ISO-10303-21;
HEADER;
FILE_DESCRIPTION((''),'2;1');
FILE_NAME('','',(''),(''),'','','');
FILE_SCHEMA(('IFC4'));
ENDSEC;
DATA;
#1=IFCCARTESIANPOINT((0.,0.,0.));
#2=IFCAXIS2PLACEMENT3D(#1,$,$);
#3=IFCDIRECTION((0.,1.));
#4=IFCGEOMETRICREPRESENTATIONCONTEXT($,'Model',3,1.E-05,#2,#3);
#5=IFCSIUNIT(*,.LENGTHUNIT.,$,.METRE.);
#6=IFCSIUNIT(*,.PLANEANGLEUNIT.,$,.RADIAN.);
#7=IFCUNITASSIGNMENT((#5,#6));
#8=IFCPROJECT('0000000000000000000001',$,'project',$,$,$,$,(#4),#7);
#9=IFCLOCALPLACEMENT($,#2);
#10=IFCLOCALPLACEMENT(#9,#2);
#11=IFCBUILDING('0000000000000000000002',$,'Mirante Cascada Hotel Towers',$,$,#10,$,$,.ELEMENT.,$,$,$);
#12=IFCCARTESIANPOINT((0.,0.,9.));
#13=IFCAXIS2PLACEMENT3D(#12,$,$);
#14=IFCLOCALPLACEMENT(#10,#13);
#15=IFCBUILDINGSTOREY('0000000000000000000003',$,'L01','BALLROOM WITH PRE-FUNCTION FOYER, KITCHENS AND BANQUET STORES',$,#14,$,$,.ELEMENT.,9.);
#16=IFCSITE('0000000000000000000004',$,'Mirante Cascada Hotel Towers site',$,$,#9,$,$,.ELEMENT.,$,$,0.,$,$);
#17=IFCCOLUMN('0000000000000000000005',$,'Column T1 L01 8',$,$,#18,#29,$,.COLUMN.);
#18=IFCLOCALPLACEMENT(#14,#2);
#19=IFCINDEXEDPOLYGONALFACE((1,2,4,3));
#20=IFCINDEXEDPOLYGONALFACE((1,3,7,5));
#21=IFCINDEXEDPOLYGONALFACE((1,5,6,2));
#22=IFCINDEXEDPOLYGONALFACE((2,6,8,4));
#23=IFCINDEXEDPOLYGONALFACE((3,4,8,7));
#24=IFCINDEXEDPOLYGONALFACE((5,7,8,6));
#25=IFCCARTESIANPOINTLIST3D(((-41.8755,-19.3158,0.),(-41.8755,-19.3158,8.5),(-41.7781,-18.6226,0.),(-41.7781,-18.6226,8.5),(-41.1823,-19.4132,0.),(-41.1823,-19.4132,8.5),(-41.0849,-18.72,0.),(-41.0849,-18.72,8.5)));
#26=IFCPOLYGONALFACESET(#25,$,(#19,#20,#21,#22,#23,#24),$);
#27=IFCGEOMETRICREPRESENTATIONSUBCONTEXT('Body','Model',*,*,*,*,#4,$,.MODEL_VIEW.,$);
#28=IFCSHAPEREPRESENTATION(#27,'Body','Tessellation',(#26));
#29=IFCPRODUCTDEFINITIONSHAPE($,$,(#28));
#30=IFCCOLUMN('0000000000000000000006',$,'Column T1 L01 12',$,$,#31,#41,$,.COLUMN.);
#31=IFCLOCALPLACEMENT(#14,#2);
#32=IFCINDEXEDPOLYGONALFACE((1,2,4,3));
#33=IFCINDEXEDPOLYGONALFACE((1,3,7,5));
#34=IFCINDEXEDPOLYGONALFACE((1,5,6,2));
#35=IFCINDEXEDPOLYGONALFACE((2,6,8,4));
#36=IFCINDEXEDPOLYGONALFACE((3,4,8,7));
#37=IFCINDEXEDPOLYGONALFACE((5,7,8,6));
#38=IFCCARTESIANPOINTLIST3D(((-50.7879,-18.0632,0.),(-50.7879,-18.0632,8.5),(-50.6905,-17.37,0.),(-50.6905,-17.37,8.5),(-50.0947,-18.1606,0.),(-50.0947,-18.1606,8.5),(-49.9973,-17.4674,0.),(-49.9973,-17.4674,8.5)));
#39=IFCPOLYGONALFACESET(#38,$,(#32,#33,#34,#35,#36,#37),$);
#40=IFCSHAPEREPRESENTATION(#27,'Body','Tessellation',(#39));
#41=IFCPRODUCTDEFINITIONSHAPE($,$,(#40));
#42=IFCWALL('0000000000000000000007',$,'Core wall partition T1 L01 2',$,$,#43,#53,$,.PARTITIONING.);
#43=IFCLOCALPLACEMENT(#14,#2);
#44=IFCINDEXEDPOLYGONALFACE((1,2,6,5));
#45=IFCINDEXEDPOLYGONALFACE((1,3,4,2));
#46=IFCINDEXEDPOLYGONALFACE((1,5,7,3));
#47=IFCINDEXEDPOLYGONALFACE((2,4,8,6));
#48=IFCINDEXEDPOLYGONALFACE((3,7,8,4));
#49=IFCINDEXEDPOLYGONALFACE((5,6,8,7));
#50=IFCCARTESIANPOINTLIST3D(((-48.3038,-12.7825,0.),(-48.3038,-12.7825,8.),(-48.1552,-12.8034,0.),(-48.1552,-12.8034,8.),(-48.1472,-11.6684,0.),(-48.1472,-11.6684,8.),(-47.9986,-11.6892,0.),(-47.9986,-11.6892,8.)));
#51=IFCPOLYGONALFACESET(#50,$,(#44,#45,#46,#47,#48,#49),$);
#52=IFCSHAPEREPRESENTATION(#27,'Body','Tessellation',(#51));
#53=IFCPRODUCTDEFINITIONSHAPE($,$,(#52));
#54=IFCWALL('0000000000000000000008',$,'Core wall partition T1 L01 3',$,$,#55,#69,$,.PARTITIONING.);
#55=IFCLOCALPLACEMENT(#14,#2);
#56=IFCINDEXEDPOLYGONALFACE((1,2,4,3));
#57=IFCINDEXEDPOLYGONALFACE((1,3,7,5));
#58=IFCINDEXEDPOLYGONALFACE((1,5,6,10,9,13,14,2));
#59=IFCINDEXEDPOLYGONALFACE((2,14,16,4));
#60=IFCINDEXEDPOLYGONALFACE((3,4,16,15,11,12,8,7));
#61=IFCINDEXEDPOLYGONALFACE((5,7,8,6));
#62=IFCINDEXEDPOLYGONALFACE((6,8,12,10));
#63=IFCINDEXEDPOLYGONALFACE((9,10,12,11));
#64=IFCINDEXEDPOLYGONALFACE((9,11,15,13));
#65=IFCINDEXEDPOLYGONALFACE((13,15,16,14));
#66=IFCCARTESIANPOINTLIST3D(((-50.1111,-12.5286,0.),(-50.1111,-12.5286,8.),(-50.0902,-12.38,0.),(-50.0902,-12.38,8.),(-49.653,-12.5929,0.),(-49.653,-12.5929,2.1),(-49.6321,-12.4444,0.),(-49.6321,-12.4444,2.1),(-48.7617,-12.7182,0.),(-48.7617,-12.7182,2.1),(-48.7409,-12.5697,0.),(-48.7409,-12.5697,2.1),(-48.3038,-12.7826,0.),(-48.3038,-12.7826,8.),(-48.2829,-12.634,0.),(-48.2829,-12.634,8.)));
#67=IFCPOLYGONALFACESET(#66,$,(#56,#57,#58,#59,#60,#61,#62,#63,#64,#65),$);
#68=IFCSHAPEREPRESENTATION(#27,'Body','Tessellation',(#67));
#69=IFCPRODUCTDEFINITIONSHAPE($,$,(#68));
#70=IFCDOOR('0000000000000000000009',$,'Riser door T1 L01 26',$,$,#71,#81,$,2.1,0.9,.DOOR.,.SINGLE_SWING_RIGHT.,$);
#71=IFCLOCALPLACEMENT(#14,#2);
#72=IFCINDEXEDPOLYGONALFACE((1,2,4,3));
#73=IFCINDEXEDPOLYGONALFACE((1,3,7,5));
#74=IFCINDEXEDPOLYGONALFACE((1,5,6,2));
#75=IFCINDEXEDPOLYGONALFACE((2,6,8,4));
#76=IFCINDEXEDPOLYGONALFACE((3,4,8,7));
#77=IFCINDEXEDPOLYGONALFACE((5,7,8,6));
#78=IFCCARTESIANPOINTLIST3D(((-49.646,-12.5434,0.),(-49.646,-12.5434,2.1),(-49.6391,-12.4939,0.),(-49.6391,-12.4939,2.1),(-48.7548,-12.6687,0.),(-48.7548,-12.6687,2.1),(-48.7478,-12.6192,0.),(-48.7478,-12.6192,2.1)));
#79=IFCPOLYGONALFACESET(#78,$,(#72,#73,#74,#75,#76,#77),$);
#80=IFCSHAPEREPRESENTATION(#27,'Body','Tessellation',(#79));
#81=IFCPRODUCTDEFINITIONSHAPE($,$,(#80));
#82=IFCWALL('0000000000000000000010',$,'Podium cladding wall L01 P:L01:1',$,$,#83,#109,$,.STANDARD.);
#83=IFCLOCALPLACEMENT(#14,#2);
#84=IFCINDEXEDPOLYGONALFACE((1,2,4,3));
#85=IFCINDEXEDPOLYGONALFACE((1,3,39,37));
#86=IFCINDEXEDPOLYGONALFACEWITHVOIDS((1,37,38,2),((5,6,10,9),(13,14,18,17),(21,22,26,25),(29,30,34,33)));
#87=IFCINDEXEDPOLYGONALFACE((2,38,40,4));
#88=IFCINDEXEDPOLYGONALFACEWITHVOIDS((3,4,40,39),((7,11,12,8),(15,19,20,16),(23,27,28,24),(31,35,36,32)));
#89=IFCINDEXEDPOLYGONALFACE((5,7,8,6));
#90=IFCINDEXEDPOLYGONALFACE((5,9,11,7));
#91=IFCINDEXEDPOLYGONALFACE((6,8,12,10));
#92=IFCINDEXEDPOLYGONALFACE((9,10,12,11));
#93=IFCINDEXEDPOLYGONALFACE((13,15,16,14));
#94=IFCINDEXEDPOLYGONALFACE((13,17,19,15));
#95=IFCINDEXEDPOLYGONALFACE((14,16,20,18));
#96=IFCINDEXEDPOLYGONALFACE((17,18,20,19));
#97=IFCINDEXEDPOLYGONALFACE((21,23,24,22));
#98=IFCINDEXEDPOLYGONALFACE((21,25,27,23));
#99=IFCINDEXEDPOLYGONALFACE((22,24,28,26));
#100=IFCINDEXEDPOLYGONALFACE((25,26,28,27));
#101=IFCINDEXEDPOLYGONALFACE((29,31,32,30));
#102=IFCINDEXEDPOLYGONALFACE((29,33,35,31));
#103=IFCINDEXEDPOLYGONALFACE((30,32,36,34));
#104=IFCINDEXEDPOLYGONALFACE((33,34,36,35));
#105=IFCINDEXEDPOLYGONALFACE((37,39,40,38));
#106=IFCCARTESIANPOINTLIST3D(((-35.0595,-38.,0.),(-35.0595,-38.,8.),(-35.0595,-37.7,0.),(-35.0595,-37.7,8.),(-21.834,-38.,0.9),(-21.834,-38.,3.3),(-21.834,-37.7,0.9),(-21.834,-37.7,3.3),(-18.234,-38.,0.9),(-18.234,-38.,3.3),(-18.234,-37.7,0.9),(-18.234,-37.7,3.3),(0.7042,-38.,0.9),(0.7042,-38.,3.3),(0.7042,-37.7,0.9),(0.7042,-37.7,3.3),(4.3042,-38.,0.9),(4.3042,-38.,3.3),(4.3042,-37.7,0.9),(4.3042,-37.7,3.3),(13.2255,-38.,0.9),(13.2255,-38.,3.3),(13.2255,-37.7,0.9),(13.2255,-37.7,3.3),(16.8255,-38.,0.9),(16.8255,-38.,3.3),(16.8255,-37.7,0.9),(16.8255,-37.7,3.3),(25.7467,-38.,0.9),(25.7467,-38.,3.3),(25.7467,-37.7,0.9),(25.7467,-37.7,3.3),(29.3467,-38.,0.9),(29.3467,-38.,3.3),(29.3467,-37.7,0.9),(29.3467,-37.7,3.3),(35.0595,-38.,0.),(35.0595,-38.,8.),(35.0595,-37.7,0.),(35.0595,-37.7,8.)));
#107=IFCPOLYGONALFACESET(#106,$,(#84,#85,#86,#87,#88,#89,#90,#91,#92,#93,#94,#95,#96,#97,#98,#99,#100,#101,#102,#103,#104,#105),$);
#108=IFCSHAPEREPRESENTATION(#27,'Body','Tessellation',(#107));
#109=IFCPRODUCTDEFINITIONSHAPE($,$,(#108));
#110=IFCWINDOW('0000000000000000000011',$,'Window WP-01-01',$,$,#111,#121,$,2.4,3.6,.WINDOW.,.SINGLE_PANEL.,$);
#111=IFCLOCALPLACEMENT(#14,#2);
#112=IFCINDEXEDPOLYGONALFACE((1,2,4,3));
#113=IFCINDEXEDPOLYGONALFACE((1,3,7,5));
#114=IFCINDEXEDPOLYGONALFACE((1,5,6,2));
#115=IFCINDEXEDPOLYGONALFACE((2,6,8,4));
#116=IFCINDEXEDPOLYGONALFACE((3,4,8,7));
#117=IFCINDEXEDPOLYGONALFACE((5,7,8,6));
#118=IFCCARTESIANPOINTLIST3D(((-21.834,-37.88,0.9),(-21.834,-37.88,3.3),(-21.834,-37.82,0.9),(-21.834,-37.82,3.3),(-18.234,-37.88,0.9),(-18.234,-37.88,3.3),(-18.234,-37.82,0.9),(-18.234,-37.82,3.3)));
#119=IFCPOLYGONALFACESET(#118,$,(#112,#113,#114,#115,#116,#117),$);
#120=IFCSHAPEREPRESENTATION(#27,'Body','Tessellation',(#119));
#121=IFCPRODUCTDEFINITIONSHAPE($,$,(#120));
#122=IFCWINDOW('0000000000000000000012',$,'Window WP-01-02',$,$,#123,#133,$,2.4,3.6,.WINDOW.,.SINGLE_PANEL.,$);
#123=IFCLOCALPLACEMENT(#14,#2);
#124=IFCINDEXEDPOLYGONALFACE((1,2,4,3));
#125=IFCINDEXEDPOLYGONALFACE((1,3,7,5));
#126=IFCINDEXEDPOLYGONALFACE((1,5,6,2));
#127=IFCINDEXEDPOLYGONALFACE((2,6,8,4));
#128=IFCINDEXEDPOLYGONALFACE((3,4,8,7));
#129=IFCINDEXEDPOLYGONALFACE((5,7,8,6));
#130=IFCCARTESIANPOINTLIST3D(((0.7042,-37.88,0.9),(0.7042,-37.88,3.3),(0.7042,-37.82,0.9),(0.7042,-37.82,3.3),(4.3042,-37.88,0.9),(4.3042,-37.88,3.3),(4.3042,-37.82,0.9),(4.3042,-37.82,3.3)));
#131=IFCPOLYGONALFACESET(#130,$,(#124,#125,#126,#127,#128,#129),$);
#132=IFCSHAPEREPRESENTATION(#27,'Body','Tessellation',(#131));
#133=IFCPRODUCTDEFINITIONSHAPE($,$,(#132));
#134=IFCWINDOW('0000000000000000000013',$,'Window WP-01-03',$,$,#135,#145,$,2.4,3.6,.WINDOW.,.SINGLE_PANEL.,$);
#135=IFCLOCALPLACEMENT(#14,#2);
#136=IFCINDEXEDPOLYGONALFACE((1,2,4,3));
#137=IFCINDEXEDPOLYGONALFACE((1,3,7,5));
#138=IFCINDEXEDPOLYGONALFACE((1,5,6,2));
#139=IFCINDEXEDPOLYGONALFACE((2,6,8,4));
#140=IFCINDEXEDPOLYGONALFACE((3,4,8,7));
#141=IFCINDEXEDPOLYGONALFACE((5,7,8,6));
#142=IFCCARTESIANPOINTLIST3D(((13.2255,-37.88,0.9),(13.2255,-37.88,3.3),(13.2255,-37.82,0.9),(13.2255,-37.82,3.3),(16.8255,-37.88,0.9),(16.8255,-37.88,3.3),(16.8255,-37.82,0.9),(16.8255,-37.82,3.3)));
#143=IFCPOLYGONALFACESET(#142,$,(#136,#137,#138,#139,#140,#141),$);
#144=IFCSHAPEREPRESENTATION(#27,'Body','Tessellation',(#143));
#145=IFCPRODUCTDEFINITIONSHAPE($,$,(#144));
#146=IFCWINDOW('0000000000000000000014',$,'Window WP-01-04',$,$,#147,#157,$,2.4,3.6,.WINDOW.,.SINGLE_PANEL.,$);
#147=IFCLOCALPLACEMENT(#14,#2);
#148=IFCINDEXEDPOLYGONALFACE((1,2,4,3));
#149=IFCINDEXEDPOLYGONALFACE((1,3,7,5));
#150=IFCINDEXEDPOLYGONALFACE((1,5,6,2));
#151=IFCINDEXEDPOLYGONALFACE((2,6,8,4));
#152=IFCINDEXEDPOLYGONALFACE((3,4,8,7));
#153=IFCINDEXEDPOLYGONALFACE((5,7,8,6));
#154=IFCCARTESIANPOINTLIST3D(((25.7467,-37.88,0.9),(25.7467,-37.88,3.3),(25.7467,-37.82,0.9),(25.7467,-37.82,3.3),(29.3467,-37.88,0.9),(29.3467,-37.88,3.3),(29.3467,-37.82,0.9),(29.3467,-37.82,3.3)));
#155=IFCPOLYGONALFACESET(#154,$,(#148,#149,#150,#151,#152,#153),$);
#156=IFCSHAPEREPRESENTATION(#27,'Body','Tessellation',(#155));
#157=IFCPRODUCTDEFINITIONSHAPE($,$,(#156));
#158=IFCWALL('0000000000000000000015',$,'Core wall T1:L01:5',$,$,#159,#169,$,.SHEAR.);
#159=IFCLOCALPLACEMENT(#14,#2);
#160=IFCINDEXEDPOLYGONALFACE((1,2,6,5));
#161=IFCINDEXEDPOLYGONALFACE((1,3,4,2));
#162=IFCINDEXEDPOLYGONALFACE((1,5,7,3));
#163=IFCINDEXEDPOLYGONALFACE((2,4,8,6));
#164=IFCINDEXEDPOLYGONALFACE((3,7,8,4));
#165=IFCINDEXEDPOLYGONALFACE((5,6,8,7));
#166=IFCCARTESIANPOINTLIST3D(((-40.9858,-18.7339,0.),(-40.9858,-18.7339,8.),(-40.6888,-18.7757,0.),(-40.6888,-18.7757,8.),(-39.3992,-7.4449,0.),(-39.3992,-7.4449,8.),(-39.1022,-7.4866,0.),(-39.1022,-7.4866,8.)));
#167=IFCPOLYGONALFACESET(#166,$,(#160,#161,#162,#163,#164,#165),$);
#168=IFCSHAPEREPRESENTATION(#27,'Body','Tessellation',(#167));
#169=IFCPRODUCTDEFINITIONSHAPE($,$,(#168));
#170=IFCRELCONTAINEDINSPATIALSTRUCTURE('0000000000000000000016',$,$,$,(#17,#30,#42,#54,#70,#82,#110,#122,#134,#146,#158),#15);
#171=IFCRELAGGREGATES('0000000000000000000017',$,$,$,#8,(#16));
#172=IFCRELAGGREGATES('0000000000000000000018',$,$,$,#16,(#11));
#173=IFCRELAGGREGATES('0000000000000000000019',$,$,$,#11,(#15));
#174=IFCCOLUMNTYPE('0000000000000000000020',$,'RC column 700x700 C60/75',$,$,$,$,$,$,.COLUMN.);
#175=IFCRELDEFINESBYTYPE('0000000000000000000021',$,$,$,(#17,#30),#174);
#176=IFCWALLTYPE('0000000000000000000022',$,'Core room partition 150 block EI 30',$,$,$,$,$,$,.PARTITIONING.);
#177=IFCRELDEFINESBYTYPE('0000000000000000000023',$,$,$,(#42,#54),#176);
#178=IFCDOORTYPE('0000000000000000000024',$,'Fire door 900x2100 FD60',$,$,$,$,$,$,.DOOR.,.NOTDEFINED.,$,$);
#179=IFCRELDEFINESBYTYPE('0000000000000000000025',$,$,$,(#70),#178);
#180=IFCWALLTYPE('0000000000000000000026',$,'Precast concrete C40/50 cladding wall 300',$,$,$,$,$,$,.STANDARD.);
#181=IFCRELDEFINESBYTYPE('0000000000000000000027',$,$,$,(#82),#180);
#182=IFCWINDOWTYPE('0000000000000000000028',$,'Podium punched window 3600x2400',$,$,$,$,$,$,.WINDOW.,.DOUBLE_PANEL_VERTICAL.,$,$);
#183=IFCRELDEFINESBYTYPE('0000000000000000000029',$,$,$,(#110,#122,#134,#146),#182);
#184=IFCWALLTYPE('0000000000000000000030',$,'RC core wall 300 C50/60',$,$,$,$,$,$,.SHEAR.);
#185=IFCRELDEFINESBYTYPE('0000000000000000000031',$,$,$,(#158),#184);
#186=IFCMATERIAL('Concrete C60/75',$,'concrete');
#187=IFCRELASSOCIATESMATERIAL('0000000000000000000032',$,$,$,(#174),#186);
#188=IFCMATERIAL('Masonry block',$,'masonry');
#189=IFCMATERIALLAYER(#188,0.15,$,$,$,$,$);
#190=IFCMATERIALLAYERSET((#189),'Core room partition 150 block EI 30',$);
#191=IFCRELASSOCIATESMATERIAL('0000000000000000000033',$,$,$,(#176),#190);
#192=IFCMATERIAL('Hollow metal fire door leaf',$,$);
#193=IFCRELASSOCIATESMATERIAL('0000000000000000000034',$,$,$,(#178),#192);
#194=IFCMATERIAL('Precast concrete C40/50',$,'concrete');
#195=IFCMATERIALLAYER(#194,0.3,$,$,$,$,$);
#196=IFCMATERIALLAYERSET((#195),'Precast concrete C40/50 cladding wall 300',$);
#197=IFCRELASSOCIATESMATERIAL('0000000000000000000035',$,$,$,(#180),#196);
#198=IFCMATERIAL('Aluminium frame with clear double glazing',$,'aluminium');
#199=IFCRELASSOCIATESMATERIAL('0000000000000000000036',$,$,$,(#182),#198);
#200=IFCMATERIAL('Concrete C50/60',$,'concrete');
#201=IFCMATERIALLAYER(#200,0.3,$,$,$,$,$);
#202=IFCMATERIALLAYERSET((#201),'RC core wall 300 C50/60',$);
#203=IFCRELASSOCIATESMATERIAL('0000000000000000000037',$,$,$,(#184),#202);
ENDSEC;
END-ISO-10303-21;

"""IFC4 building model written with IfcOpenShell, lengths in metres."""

from ifc_helpers import new_model, si_unit, direction, frame, frame_2d, origin, origin_2d, place, context, subcontext, project, spatial, rectangle, extrude, material, layer, layer_set, material_profile, profile_set, type_object, element, fill, save


model = new_model("IFC4")

# Units and contexts
model_context = context("Model", 3, precision=1e-05, world=origin(), true_north=direction((0.0, 1.0)))
body_context = subcontext(model_context, "Body", "Model", "MODEL_VIEW")
ifc_project = project(units=[si_unit("LENGTHUNIT", "METRE"), si_unit("PLANEANGLEUNIT", "RADIAN")], contexts=[model_context])

# Site, building, storey
site_placement = place(None, origin())
site = spatial("IfcSite", under=ifc_project, at=site_placement, Name="Mirante Cascada Hotel Towers site", CompositionType="ELEMENT", RefElevation=0.0)
building_placement = place(site_placement, origin())
building = spatial("IfcBuilding", under=site, at=building_placement, Name="Mirante Cascada Hotel Towers", CompositionType="ELEMENT")
storey_placement = place(building_placement, frame((0.0, 0.0, 9.0)))
storey = spatial("IfcBuildingStorey", under=building, at=storey_placement, Name="L01", Description="BALLROOM WITH PRE-FUNCTION FOYER, KITCHENS AND BANQUET STORES", CompositionType="ELEMENT", Elevation=9.0)

# Columns
ifc_material_1 = material(Name="Concrete C60/75", Category="concrete")
ifc_material_profile = material_profile(ifc_material_1, rectangle(XDim=0.7, YDim=0.7, at=origin_2d()), Name="RC column 700x700 C60/75")
ifc_profile_set = profile_set([ifc_material_profile], Name="Concrete C60/75")
column_type = type_object("IfcColumnType", Name="RC column 700x700 C60/75", PredefinedType="COLUMN", material=ifc_profile_set)
for number, where, z_axis, x_axis, name in (
    (1, (-41.4802, -19.0179, 0.0), (0.0, 0.0, 1.0), (-0.990268, 0.139173, 0.0), "Column T1 L01 8"),
    (2, (-50.3926, -17.7653, 0.0), (0.0, 0.0, 1.0), (-0.990268, 0.139173, 0.0), "Column T1 L01 12"),
):
    element("IfcColumn", number, at=place(storey_placement, frame(where, z_axis=z_axis, x_axis=x_axis)), inside=storey, type_object=column_type, Name=name, PredefinedType="COLUMN", context=body_context, shape_type="SweptSolid", body=[
        extrude(rectangle(XDim=0.7, YDim=0.7, at=origin_2d()), origin(), (0.0, 0.0, 1.0), 8.5),
    ])

# Wall
ifc_material_2 = material(Name="Masonry block", Category="masonry")
ifc_layer_1 = layer(ifc_material_2, 0.15)
ifc_layer_set_1 = layer_set([ifc_layer_1], Name="Core room partition 150 block EI 30")
wall_type_1 = type_object("IfcWallType", Name="Core room partition 150 block EI 30", PredefinedType="PARTITIONING", material=ifc_layer_set_1)
wall_1_placement = place(storey_placement, frame((-48.2295, -12.793, 0.0), z_axis=(0.0, 0.0, 1.0), x_axis=(0.139193, 0.990265, 0.0)))
element("IfcWall", 3, at=wall_1_placement, inside=storey, type_object=wall_type_1, Name="Core wall partition T1 L01 2", PredefinedType="PARTITIONING", context=body_context, shape_type="SweptSolid", body=[
    extrude(rectangle(XDim=1.1251, YDim=0.15, at=frame_2d((0.5626, 0.0))), origin(), (0.0, 0.0, 1.0), 8.0),
])

# Wall, opening, door
wall_2_placement = place(storey_placement, frame((-48.2933, -12.7083, 0.0), z_axis=(0.0, 0.0, 1.0), x_axis=(-0.990268, 0.139173, 0.0)))
wall_2 = element("IfcWall", 4, at=wall_2_placement, inside=storey, type_object=wall_type_1, Name="Core wall partition T1 L01 3", PredefinedType="PARTITIONING", context=body_context, shape_type="SweptSolid", body=[
    extrude(rectangle(XDim=1.8251, YDim=0.15, at=frame_2d((0.9126, 0.0))), origin(), (0.0, 0.0, 1.0), 8.0),
])
opening_1_placement = place(wall_2_placement, frame((0.4625, 0.0, 0.0)))
opening_1 = element("IfcOpeningElement", 5, at=opening_1_placement, cuts=wall_2, PredefinedType="OPENING", context=body_context, shape_type="SweptSolid", body=[
    extrude(rectangle(XDim=0.9, YDim=2.1, at=frame_2d((0.45, 1.05))), frame((0.0, 0.075, 0.0), z_axis=(0.0, -1.0, 0.0), x_axis=(1.0, 0.0, 0.0)), (0.0, 0.0, 1.0), 0.15),
])
ifc_material_3 = material(Name="Hollow metal fire door leaf")
door_type_1 = type_object("IfcDoorType", Name="Fire door 900x2100 FD60", OperationType="NOTDEFINED", PredefinedType="DOOR", material=ifc_material_3)
door_1_placement = place(opening_1_placement, origin())
door_1 = element("IfcDoor", 6, at=door_1_placement, inside=storey, type_object=door_type_1, Name="Riser door T1 L01 26", OperationType="SINGLE_SWING_RIGHT", OverallHeight=2.1, OverallWidth=0.9, PredefinedType="DOOR", context=body_context, shape_type="SweptSolid", body=[
    extrude(rectangle(XDim=0.9, YDim=2.1, at=frame_2d((0.45, 1.05))), frame((0.0, 0.025, 0.0), z_axis=(0.0, -1.0, 0.0), x_axis=(1.0, 0.0, 0.0)), (0.0, 0.0, 1.0), 0.05),
])
fill(opening_1, door_1)

# Wall, openings, windows
ifc_material_4 = material(Name="Precast concrete C40/50", Category="concrete")
ifc_layer_2 = layer(ifc_material_4, 0.3)
ifc_layer_set_2 = layer_set([ifc_layer_2], Name="Precast concrete C40/50 cladding wall 300")
wall_type_2 = type_object("IfcWallType", Name="Precast concrete C40/50 cladding wall 300", PredefinedType="STANDARD", material=ifc_layer_set_2)
wall_3_placement = place(storey_placement, frame((-35.0595, -37.85, 0.0), z_axis=(0.0, 0.0, 1.0), x_axis=(1.0, 0.0, 0.0)))
wall_3 = element("IfcWall", 7, at=wall_3_placement, inside=storey, type_object=wall_type_2, Name="Podium cladding wall L01 P:L01:1", PredefinedType="STANDARD", context=body_context, shape_type="SweptSolid", body=[
    extrude(rectangle(XDim=70.119, YDim=0.3, at=frame_2d((35.0595, 0.0))), origin(), (0.0, 0.0, 1.0), 8.0),
])
opening_2_placement = place(wall_3_placement, frame((13.2255, 0.0, 0.9)))
opening_2 = element("IfcOpeningElement", 8, at=opening_2_placement, cuts=wall_3, PredefinedType="OPENING", context=body_context, shape_type="SweptSolid", body=[
    extrude(rectangle(XDim=3.6, YDim=2.4, at=frame_2d((1.8, 1.2))), frame((0.0, 0.15, 0.0), z_axis=(0.0, -1.0, 0.0), x_axis=(1.0, 0.0, 0.0)), (0.0, 0.0, 1.0), 0.3),
])
opening_3_placement = place(wall_3_placement, frame((35.7637, 0.0, 0.9)))
opening_3 = element("IfcOpeningElement", 9, at=opening_3_placement, cuts=wall_3, PredefinedType="OPENING", context=body_context, shape_type="SweptSolid", body=[
    extrude(rectangle(XDim=3.6, YDim=2.4, at=frame_2d((1.8, 1.2))), frame((0.0, 0.15, 0.0), z_axis=(0.0, -1.0, 0.0), x_axis=(1.0, 0.0, 0.0)), (0.0, 0.0, 1.0), 0.3),
])
opening_4_placement = place(wall_3_placement, frame((48.285, 0.0, 0.9)))
opening_4 = element("IfcOpeningElement", 10, at=opening_4_placement, cuts=wall_3, PredefinedType="OPENING", context=body_context, shape_type="SweptSolid", body=[
    extrude(rectangle(XDim=3.6, YDim=2.4, at=frame_2d((1.8, 1.2))), frame((0.0, 0.15, 0.0), z_axis=(0.0, -1.0, 0.0), x_axis=(1.0, 0.0, 0.0)), (0.0, 0.0, 1.0), 0.3),
])
opening_5_placement = place(wall_3_placement, frame((60.8062, 0.0, 0.9)))
opening_5 = element("IfcOpeningElement", 11, at=opening_5_placement, cuts=wall_3, PredefinedType="OPENING", context=body_context, shape_type="SweptSolid", body=[
    extrude(rectangle(XDim=3.6, YDim=2.4, at=frame_2d((1.8, 1.2))), frame((0.0, 0.15, 0.0), z_axis=(0.0, -1.0, 0.0), x_axis=(1.0, 0.0, 0.0)), (0.0, 0.0, 1.0), 0.3),
])
ifc_material_5 = material(Name="Aluminium frame with clear double glazing", Category="aluminium")
window_type = type_object("IfcWindowType", Name="Podium punched window 3600x2400", PartitioningType="DOUBLE_PANEL_VERTICAL", PredefinedType="WINDOW", material=ifc_material_5)
window_1_placement = place(opening_2_placement, origin())
window_1 = element("IfcWindow", 12, at=window_1_placement, inside=storey, type_object=window_type, Name="Window WP-01-01", OverallHeight=2.4, OverallWidth=3.6, PartitioningType="SINGLE_PANEL", PredefinedType="WINDOW", context=body_context, shape_type="SweptSolid", body=[
    extrude(rectangle(XDim=3.6, YDim=2.4, at=frame_2d((1.8, 1.2))), frame((0.0, 0.03, 0.0), z_axis=(0.0, -1.0, 0.0), x_axis=(1.0, 0.0, 0.0)), (0.0, 0.0, 1.0), 0.06),
])
fill(opening_2, window_1)
window_2_placement = place(opening_3_placement, origin())
window_2 = element("IfcWindow", 13, at=window_2_placement, inside=storey, type_object=window_type, Name="Window WP-01-02", OverallHeight=2.4, OverallWidth=3.6, PartitioningType="SINGLE_PANEL", PredefinedType="WINDOW", context=body_context, shape_type="SweptSolid", body=[
    extrude(rectangle(XDim=3.6, YDim=2.4, at=frame_2d((1.8, 1.2))), frame((0.0, 0.03, 0.0), z_axis=(0.0, -1.0, 0.0), x_axis=(1.0, 0.0, 0.0)), (0.0, 0.0, 1.0), 0.06),
])
fill(opening_3, window_2)
window_3_placement = place(opening_4_placement, origin())
window_3 = element("IfcWindow", 14, at=window_3_placement, inside=storey, type_object=window_type, Name="Window WP-01-03", OverallHeight=2.4, OverallWidth=3.6, PartitioningType="SINGLE_PANEL", PredefinedType="WINDOW", context=body_context, shape_type="SweptSolid", body=[
    extrude(rectangle(XDim=3.6, YDim=2.4, at=frame_2d((1.8, 1.2))), frame((0.0, 0.03, 0.0), z_axis=(0.0, -1.0, 0.0), x_axis=(1.0, 0.0, 0.0)), (0.0, 0.0, 1.0), 0.06),
])
fill(opening_4, window_3)
window_4_placement = place(opening_5_placement, origin())
window_4 = element("IfcWindow", 15, at=window_4_placement, inside=storey, type_object=window_type, Name="Window WP-01-04", OverallHeight=2.4, OverallWidth=3.6, PartitioningType="SINGLE_PANEL", PredefinedType="WINDOW", context=body_context, shape_type="SweptSolid", body=[
    extrude(rectangle(XDim=3.6, YDim=2.4, at=frame_2d((1.8, 1.2))), frame((0.0, 0.03, 0.0), z_axis=(0.0, -1.0, 0.0), x_axis=(1.0, 0.0, 0.0)), (0.0, 0.0, 1.0), 0.06),
])
fill(opening_5, window_4)

# Wall
ifc_material_6 = material(Name="Concrete C50/60", Category="concrete")
ifc_layer_3 = layer(ifc_material_6, 0.3)
ifc_layer_set_3 = layer_set([ifc_layer_3], Name="RC core wall 300 C50/60")
wall_type_3 = type_object("IfcWallType", Name="RC core wall 300 C50/60", PredefinedType="SHEAR", material=ifc_layer_set_3)
wall_4_placement = place(storey_placement, frame((-40.8373, -18.7548, 0.0), z_axis=(0.0, 0.0, 1.0), x_axis=(0.139175, 0.990268, 0.0)))
element("IfcWall", 16, at=wall_4_placement, inside=storey, type_object=wall_type_3, Name="Core wall T1:L01:5", PredefinedType="SHEAR", context=body_context, shape_type="SweptSolid", body=[
    extrude(rectangle(XDim=11.4, YDim=0.3, at=frame_2d((5.7, 0.0))), origin(), (0.0, 0.0, 1.0), 8.0),
])

save(model, "model.ifc")
